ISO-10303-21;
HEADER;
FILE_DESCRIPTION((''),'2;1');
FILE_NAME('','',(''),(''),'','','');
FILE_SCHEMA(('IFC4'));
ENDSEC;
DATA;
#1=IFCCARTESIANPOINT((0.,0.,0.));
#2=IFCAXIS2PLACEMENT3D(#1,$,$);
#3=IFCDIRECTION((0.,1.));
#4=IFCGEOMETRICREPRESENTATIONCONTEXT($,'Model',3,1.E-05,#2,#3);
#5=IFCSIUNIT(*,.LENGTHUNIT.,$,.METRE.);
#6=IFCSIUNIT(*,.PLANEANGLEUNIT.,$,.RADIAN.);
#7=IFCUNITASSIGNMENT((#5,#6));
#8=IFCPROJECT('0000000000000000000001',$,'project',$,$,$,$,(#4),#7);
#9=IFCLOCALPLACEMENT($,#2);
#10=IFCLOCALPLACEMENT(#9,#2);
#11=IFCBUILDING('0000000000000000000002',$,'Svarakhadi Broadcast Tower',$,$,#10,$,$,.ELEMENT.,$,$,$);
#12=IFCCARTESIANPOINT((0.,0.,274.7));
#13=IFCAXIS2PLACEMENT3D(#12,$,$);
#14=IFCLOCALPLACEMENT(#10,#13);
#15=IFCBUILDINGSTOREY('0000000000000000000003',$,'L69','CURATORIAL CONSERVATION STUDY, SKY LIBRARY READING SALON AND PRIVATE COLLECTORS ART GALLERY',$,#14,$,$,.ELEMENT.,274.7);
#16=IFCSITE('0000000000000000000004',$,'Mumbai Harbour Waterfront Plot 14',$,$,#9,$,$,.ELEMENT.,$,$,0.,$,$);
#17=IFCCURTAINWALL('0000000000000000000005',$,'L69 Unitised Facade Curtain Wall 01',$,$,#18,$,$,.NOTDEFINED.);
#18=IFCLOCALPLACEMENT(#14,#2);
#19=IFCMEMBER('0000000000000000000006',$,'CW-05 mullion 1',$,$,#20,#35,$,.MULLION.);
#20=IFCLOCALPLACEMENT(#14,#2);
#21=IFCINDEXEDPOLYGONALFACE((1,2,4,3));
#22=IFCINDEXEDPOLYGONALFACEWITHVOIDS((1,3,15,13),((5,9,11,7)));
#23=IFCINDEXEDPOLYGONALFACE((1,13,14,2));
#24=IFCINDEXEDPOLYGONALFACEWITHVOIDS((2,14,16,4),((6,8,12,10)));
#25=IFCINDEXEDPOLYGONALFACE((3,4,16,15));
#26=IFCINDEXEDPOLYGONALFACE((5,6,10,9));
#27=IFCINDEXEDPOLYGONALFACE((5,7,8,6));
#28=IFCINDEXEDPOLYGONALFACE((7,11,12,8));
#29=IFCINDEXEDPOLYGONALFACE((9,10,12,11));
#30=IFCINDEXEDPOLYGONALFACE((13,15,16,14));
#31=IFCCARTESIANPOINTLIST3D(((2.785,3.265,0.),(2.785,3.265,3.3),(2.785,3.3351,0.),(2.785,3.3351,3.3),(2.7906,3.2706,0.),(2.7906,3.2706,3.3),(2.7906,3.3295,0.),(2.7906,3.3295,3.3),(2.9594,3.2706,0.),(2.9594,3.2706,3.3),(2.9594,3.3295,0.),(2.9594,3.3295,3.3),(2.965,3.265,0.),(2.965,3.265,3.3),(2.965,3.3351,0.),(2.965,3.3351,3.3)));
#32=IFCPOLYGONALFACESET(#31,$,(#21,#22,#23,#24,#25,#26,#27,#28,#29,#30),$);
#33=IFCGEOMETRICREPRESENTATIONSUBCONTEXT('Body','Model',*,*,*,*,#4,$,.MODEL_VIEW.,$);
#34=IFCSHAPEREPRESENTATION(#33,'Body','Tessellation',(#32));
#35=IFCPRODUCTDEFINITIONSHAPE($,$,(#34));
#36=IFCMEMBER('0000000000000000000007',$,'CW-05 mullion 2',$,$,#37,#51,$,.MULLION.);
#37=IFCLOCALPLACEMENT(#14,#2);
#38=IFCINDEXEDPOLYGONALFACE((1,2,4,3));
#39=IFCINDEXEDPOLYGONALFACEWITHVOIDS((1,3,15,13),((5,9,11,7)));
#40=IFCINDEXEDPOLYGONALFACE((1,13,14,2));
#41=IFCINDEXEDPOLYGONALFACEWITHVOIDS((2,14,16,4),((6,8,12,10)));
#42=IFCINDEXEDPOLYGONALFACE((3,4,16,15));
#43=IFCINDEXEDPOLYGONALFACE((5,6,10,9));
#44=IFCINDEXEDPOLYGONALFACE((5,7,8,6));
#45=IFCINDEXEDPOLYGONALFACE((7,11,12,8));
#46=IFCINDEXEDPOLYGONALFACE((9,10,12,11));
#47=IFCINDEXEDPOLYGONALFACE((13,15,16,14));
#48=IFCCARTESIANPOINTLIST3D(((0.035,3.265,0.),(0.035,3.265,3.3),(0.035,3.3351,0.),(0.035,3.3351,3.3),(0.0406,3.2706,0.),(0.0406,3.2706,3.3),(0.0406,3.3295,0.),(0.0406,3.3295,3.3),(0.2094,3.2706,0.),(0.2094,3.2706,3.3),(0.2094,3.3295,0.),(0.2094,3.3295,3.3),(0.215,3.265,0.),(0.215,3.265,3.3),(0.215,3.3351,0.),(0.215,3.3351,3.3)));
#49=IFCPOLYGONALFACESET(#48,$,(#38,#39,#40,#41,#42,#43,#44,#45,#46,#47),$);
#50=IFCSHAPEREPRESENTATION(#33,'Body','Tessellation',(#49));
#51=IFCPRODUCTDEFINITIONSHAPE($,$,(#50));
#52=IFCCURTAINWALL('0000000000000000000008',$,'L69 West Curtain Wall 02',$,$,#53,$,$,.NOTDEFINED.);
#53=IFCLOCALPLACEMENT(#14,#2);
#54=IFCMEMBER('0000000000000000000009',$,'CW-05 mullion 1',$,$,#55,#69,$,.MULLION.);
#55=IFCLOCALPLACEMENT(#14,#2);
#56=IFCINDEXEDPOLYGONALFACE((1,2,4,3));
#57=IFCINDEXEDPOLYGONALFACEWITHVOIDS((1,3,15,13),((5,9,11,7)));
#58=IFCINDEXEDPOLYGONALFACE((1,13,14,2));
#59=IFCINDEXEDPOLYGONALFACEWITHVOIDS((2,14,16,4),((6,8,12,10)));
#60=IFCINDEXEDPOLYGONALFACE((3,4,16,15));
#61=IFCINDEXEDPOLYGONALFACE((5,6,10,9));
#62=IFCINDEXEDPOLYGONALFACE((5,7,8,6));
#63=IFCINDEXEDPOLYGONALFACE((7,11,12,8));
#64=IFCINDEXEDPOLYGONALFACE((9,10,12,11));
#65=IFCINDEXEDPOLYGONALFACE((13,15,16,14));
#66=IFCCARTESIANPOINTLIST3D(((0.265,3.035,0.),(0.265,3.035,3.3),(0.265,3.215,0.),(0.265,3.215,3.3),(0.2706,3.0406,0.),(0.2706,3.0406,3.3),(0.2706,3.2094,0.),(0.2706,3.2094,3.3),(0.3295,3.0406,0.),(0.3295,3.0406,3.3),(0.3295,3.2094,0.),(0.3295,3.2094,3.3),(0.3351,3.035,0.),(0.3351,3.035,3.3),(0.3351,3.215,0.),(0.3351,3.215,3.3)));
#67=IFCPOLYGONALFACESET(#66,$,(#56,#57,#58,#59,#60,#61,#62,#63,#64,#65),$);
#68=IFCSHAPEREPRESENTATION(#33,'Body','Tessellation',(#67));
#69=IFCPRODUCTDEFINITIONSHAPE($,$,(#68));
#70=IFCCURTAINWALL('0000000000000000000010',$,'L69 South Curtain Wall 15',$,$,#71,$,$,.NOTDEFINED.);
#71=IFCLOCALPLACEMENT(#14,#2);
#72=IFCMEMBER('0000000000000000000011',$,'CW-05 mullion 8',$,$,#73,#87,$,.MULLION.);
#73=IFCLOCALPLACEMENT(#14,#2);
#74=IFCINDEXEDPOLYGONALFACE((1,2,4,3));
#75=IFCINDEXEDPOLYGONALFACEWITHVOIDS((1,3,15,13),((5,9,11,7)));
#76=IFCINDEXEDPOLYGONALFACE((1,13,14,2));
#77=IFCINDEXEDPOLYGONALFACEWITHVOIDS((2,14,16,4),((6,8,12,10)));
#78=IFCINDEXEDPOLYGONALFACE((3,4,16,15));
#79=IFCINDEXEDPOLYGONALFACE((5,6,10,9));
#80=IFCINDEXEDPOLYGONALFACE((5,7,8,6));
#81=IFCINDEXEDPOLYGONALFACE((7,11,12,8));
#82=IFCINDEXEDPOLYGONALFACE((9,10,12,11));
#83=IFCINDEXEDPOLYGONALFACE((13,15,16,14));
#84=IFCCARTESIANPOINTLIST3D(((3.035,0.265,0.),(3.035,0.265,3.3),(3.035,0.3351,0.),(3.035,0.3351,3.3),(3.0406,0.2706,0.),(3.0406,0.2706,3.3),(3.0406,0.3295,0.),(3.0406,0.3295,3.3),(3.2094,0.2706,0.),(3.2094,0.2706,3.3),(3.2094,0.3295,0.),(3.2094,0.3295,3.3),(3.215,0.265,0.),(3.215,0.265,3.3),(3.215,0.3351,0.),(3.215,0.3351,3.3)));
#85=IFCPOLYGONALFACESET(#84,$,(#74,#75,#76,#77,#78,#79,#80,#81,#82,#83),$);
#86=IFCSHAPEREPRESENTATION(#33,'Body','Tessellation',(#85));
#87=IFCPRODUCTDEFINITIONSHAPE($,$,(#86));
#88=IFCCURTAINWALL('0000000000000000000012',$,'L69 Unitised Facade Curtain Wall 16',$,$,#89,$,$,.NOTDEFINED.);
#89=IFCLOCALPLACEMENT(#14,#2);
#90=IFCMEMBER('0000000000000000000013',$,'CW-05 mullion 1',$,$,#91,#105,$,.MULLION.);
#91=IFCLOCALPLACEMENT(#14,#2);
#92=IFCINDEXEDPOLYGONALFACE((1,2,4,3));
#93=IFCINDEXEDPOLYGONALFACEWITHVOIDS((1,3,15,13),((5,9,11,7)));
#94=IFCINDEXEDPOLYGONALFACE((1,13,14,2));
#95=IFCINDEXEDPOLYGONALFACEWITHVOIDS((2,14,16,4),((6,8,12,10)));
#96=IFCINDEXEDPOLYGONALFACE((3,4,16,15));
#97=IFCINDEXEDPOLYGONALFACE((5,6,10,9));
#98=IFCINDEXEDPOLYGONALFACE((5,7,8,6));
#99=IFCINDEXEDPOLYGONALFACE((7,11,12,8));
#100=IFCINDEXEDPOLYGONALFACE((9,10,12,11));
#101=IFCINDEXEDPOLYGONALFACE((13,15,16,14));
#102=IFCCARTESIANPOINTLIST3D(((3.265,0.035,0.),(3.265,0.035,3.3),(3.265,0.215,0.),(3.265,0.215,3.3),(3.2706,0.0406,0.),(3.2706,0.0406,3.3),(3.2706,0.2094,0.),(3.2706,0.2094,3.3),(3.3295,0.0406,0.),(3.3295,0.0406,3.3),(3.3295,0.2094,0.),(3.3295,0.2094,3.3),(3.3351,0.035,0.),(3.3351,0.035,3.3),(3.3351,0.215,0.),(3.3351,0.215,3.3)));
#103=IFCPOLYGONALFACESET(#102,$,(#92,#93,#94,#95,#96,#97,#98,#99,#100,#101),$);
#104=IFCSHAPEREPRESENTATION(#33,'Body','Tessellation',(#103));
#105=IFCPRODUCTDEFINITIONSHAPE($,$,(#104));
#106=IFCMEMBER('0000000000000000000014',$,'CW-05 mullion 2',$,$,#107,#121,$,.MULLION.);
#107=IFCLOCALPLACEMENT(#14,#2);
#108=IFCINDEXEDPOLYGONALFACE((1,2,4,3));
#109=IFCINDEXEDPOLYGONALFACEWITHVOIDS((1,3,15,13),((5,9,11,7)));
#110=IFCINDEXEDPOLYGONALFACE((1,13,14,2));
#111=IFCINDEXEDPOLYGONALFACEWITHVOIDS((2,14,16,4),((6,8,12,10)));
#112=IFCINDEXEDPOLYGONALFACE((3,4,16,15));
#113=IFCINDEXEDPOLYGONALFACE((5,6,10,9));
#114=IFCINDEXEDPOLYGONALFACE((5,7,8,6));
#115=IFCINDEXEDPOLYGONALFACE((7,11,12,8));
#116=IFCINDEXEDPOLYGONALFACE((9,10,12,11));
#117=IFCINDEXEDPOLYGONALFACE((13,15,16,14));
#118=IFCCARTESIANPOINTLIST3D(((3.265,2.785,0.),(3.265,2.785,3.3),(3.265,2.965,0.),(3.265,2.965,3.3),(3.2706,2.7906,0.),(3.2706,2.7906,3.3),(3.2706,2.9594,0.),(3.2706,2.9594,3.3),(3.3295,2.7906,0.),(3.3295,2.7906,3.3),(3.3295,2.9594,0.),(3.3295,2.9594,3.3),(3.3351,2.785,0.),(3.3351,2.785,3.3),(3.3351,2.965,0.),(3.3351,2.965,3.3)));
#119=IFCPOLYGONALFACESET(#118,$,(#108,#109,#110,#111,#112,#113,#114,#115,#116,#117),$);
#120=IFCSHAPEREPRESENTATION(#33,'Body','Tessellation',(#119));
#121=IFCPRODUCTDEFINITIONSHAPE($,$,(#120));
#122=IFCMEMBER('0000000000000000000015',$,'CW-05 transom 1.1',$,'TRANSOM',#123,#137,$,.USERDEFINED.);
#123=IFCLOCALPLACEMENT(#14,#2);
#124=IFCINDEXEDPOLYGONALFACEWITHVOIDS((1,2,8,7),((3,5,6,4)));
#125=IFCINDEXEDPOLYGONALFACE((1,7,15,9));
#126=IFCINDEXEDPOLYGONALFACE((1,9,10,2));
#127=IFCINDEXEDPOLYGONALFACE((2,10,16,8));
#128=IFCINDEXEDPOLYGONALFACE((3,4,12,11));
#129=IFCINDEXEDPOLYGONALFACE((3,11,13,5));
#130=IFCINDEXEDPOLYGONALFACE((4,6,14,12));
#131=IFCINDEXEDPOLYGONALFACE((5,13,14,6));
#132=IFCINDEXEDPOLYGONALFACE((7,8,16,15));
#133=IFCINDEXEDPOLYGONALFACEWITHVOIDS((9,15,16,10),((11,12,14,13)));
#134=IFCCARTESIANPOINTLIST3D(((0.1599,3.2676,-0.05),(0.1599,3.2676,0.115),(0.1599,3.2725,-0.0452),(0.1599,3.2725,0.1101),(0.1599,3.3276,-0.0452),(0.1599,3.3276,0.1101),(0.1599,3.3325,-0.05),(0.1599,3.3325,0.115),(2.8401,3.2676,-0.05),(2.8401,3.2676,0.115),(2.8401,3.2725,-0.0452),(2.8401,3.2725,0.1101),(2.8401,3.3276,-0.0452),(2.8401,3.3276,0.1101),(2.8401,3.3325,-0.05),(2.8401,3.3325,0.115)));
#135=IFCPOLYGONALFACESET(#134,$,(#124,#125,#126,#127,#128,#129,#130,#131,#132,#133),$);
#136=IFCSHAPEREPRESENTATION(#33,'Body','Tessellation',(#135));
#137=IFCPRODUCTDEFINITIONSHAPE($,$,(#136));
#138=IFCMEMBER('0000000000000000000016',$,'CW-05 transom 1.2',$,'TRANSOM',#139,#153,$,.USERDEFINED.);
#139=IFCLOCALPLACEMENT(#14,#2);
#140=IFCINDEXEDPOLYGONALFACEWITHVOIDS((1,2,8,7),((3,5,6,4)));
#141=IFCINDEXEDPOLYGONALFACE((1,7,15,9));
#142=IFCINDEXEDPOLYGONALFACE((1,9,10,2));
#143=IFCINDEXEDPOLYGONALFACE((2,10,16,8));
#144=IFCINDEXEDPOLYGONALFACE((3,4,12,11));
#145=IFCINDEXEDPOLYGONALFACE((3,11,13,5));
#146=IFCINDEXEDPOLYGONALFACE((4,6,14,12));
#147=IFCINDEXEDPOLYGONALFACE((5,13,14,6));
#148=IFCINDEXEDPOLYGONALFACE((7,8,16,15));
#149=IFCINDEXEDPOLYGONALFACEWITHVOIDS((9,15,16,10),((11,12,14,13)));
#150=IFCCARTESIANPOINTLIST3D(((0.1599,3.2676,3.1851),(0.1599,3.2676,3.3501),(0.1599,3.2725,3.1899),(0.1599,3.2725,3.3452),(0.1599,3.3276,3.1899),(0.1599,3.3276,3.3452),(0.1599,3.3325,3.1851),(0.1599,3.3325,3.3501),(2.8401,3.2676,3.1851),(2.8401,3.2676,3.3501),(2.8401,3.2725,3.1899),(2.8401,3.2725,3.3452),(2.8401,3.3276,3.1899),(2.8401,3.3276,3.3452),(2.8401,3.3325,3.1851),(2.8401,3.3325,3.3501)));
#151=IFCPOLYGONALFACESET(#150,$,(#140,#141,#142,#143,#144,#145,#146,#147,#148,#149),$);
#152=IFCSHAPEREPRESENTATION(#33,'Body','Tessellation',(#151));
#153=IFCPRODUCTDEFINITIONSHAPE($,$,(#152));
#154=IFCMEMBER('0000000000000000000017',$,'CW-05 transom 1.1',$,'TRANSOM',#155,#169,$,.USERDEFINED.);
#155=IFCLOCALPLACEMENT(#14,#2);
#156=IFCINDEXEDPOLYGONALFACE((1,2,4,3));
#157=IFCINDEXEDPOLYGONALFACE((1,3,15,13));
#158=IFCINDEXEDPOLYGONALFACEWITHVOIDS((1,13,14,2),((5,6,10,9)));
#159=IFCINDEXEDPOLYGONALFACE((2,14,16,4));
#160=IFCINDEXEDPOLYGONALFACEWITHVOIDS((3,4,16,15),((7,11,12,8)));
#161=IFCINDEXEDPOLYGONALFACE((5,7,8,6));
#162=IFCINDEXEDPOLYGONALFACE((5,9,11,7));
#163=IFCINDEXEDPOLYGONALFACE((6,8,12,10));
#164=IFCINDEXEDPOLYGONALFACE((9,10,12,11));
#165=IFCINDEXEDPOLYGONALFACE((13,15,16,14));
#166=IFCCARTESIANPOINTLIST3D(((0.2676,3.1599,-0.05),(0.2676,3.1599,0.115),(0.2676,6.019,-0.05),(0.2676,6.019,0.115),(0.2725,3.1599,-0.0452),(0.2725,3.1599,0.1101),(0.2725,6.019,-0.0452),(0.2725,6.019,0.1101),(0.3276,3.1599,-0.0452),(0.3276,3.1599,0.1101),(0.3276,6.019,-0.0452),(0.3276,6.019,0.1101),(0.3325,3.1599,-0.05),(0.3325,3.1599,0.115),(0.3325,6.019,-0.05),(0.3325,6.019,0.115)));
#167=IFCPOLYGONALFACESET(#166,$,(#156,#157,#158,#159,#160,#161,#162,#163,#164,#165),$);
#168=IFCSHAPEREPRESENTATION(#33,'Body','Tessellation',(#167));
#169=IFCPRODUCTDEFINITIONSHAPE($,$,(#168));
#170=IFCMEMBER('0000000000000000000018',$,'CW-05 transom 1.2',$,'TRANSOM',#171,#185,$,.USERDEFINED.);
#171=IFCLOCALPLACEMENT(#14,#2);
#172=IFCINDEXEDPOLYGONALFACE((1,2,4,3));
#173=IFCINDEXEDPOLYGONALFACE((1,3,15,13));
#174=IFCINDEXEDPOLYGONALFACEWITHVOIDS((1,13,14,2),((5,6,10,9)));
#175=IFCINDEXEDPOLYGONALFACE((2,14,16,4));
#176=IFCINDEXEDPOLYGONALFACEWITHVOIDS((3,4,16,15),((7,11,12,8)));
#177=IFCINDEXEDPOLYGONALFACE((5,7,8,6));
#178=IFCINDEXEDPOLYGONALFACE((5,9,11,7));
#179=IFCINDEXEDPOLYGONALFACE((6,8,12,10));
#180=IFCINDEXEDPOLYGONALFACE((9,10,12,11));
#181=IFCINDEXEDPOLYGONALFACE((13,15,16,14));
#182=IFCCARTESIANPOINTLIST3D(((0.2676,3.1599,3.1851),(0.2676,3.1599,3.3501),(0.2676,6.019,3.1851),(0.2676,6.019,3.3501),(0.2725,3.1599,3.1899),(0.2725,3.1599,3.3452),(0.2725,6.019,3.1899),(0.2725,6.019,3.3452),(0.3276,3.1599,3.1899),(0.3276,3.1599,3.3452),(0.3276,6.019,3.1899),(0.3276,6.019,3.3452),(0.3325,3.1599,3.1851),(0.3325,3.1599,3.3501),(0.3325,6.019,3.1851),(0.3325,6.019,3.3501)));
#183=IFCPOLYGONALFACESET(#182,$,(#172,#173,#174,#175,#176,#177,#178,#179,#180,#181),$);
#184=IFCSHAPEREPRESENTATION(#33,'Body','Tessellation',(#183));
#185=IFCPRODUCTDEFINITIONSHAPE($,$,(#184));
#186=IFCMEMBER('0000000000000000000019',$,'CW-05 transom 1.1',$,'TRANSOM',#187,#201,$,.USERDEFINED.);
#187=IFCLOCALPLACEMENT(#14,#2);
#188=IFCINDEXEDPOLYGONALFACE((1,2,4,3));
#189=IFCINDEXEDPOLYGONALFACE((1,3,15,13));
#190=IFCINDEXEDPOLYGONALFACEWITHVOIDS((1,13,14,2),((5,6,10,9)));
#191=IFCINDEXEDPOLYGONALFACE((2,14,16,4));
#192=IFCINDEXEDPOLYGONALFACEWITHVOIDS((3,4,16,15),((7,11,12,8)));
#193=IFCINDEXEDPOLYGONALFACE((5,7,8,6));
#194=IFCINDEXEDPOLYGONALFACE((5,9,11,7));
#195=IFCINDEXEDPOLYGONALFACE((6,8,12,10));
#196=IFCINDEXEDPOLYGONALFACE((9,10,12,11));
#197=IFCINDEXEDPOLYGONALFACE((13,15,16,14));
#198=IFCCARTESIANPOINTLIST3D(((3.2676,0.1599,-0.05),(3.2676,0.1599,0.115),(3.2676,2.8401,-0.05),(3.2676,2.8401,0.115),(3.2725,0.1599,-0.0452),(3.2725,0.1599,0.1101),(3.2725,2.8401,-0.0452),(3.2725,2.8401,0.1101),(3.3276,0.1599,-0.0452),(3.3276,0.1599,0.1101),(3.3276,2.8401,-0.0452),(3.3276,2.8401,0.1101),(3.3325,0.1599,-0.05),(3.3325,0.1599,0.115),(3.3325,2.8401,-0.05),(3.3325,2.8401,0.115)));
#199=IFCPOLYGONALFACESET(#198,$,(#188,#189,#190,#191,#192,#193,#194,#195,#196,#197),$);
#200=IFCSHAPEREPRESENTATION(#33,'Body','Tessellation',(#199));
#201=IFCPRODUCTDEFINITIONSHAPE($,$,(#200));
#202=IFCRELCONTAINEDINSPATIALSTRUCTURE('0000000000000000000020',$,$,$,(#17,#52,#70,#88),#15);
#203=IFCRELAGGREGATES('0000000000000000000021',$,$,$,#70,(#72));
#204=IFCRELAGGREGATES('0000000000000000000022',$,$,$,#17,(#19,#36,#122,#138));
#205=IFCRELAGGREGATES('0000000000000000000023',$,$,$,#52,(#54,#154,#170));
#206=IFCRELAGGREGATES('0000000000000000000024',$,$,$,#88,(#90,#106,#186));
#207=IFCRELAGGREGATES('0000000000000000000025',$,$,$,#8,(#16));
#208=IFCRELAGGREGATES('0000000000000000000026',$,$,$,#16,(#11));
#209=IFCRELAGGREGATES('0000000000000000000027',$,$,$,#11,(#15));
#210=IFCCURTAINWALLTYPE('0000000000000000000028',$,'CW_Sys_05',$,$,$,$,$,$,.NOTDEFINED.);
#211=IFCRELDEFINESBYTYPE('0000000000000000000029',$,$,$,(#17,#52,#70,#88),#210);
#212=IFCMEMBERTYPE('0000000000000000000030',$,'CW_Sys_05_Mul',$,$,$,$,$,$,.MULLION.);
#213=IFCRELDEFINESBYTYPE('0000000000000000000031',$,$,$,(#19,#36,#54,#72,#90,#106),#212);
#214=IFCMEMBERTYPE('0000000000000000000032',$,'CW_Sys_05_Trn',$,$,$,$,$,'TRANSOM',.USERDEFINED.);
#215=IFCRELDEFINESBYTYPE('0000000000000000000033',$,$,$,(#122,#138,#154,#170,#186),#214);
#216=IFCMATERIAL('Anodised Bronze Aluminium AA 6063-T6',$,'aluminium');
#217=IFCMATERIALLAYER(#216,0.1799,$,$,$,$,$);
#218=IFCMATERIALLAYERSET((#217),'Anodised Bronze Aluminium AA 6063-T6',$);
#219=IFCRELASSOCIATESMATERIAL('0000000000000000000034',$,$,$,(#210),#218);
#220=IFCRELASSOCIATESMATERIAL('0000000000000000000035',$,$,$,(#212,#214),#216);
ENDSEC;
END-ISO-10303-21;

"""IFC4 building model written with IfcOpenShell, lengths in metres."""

from ifc_helpers import new_model, si_unit, direction, frame, origin, origin_2d, place, context, subcontext, project, spatial, hollow_rectangle, extrude, material, layer, layer_set, material_profile, profile_set, type_object, element, aggregate, save


model = new_model("IFC4")

# Units and contexts
model_context = context("Model", 3, precision=1e-05, world=origin(), true_north=direction((0.0, 1.0)))
body_context = subcontext(model_context, "Body", "Model", "MODEL_VIEW")
ifc_project = project(units=[si_unit("LENGTHUNIT", "METRE"), si_unit("PLANEANGLEUNIT", "RADIAN")], contexts=[model_context])

# Site, building, storey
site_placement = place(None, origin())
site = spatial("IfcSite", under=ifc_project, at=site_placement, Name="Mumbai Harbour Waterfront Plot 14", CompositionType="ELEMENT", RefElevation=0.0)
building_placement = place(site_placement, origin())
building = spatial("IfcBuilding", under=site, at=building_placement, Name="Svarakhadi Broadcast Tower", CompositionType="ELEMENT")
storey_placement = place(building_placement, frame((0.0, 0.0, 274.7)))
storey = spatial("IfcBuildingStorey", under=building, at=storey_placement, Name="L69", Description="CURATORIAL CONSERVATION STUDY, SKY LIBRARY READING SALON AND PRIVATE COLLECTORS ART GALLERY", CompositionType="ELEMENT", Elevation=274.7)

# Curtain wall, members
ifc_material_1 = material(Name="Anodised Bronze Aluminium AA 6063-T6", Category="aluminium")
ifc_layer_1 = layer(ifc_material_1, 0.1799)
ifc_layer_set_1 = layer_set([ifc_layer_1], Name="Anodised Bronze Aluminium AA 6063-T6")
curtain_wall_type = type_object("IfcCurtainWallType", Name="CW_Sys_05", PredefinedType="NOTDEFINED", material=ifc_layer_set_1)
curtain_wall_1_placement = place(storey_placement, origin())
curtain_wall_1 = element("IfcCurtainWall", 1, at=curtain_wall_1_placement, inside=storey, type_object=curtain_wall_type, Name="L69 Unitised Facade Curtain Wall 01", PredefinedType="NOTDEFINED")
ifc_material_profile_1 = material_profile(ifc_material_1, hollow_rectangle(XDim=0.0701, YDim=0.1799, WallThickness=0.0056, at=origin_2d()), Name="ALU MULLION 180x70x6")
ifc_profile_set_1 = profile_set([ifc_material_profile_1], Name="Anodised Bronze Aluminium AA 6063-T6")
member_type_1 = type_object("IfcMemberType", Name="CW_Sys_05_Mul", PredefinedType="MULLION", material=ifc_profile_set_1)
member_1_placement = place(storey_placement, frame((2.875, 3.3, 0.0), z_axis=(0.0, 0.0, 1.0), x_axis=(0.0, -1.0, 0.0)))
member_1 = element("IfcMember", 2, at=member_1_placement, type_object=member_type_1, Name="CW-05 mullion 1", PredefinedType="MULLION", context=body_context, shape_type="SweptSolid", body=[
    extrude(hollow_rectangle(XDim=0.0701, YDim=0.1799, WallThickness=0.0056, at=origin_2d()), origin(), (0.0, 0.0, 1.0), 3.3),
])
member_2_placement = place(storey_placement, frame((0.125, 3.3, 0.0), z_axis=(0.0, 0.0, 1.0), x_axis=(0.0, -1.0, 0.0)))
member_2 = element("IfcMember", 3, at=member_2_placement, type_object=member_type_1, Name="CW-05 mullion 2", PredefinedType="MULLION", context=body_context, shape_type="SweptSolid", body=[
    extrude(hollow_rectangle(XDim=0.0701, YDim=0.1799, WallThickness=0.0056, at=origin_2d()), origin(), (0.0, 0.0, 1.0), 3.3),
])

# Curtain walls, members
curtain_wall_2_placement = place(storey_placement, origin())
curtain_wall_2 = element("IfcCurtainWall", 4, at=curtain_wall_2_placement, inside=storey, type_object=curtain_wall_type, Name="L69 West Curtain Wall 02", PredefinedType="NOTDEFINED")
member_3_placement = place(storey_placement, frame((0.3, 3.125, 0.0), z_axis=(0.0, 0.0, 1.0), x_axis=(-1.0, 0.0, 0.0)))
member_3 = element("IfcMember", 5, at=member_3_placement, type_object=member_type_1, Name="CW-05 mullion 1", PredefinedType="MULLION", context=body_context, shape_type="SweptSolid", body=[
    extrude(hollow_rectangle(XDim=0.0701, YDim=0.1799, WallThickness=0.0056, at=origin_2d()), origin(), (0.0, 0.0, 1.0), 3.3),
])
curtain_wall_3_placement = place(storey_placement, origin())
curtain_wall_3 = element("IfcCurtainWall", 6, at=curtain_wall_3_placement, inside=storey, type_object=curtain_wall_type, Name="L69 South Curtain Wall 15", PredefinedType="NOTDEFINED")
member_4_placement = place(storey_placement, frame((3.125, 0.3, 0.0), z_axis=(0.0, 0.0, 1.0), x_axis=(0.0, -1.0, 0.0)))
member_4 = element("IfcMember", 7, at=member_4_placement, type_object=member_type_1, Name="CW-05 mullion 8", PredefinedType="MULLION", context=body_context, shape_type="SweptSolid", body=[
    extrude(hollow_rectangle(XDim=0.0701, YDim=0.1799, WallThickness=0.0056, at=origin_2d()), origin(), (0.0, 0.0, 1.0), 3.3),
])
aggregate(curtain_wall_3, [member_4])

# Curtain wall, members
curtain_wall_4_placement = place(storey_placement, origin())
curtain_wall_4 = element("IfcCurtainWall", 8, at=curtain_wall_4_placement, inside=storey, type_object=curtain_wall_type, Name="L69 Unitised Facade Curtain Wall 16", PredefinedType="NOTDEFINED")
member_5_placement = place(storey_placement, frame((3.3, 0.125, 0.0), z_axis=(0.0, 0.0, 1.0), x_axis=(-1.0, 0.0, 0.0)))
member_5 = element("IfcMember", 9, at=member_5_placement, type_object=member_type_1, Name="CW-05 mullion 1", PredefinedType="MULLION", context=body_context, shape_type="SweptSolid", body=[
    extrude(hollow_rectangle(XDim=0.0701, YDim=0.1799, WallThickness=0.0056, at=origin_2d()), origin(), (0.0, 0.0, 1.0), 3.3),
])
member_6_placement = place(storey_placement, frame((3.3, 2.875, 0.0), z_axis=(0.0, 0.0, 1.0), x_axis=(-1.0, 0.0, 0.0)))
member_6 = element("IfcMember", 10, at=member_6_placement, type_object=member_type_1, Name="CW-05 mullion 2", PredefinedType="MULLION", context=body_context, shape_type="SweptSolid", body=[
    extrude(hollow_rectangle(XDim=0.0701, YDim=0.1799, WallThickness=0.0056, at=origin_2d()), origin(), (0.0, 0.0, 1.0), 3.3),
])

# Members
ifc_material_profile_2 = material_profile(ifc_material_1, hollow_rectangle(XDim=0.0649, YDim=0.165, WallThickness=0.0049, at=origin_2d()), Name="ALU TRANSOM 165x65x5")
ifc_profile_set_2 = profile_set([ifc_material_profile_2], Name="Anodised Bronze Aluminium AA 6063-T6")
member_type_2 = type_object("IfcMemberType", Name="CW_Sys_05_Trn", ElementType="TRANSOM", PredefinedType="USERDEFINED", material=ifc_profile_set_2)
member_7_placement = place(storey_placement, frame((2.8401, 3.3, 0.0325), z_axis=(-1.0, 0.0, 0.0), x_axis=(0.0, -1.0, 0.0)))
member_7 = element("IfcMember", 11, at=member_7_placement, type_object=member_type_2, Name="CW-05 transom 1.1", ObjectType="TRANSOM", PredefinedType="USERDEFINED", context=body_context, shape_type="SweptSolid", body=[
    extrude(hollow_rectangle(XDim=0.0649, YDim=0.165, WallThickness=0.0049, at=origin_2d()), origin(), (0.0, 0.0, 1.0), 2.6802),
])
member_8_placement = place(storey_placement, frame((2.8401, 3.3, 3.2676), z_axis=(-1.0, 0.0, 0.0), x_axis=(0.0, -1.0, 0.0)))
member_8 = element("IfcMember", 12, at=member_8_placement, type_object=member_type_2, Name="CW-05 transom 1.2", ObjectType="TRANSOM", PredefinedType="USERDEFINED", context=body_context, shape_type="SweptSolid", body=[
    extrude(hollow_rectangle(XDim=0.0649, YDim=0.165, WallThickness=0.0049, at=origin_2d()), origin(), (0.0, 0.0, 1.0), 2.6802),
])
member_9_placement = place(storey_placement, frame((0.3, 3.1599, 0.0325), z_axis=(0.0, 1.0, 0.0), x_axis=(-1.0, 0.0, 0.0)))
member_9 = element("IfcMember", 13, at=member_9_placement, type_object=member_type_2, Name="CW-05 transom 1.1", ObjectType="TRANSOM", PredefinedType="USERDEFINED", context=body_context, shape_type="SweptSolid", body=[
    extrude(hollow_rectangle(XDim=0.0649, YDim=0.165, WallThickness=0.0049, at=origin_2d()), origin(), (0.0, 0.0, 1.0), 2.8591),
])
member_10_placement = place(storey_placement, frame((0.3, 3.1599, 3.2676), z_axis=(0.0, 1.0, 0.0), x_axis=(-1.0, 0.0, 0.0)))
member_10 = element("IfcMember", 14, at=member_10_placement, type_object=member_type_2, Name="CW-05 transom 1.2", ObjectType="TRANSOM", PredefinedType="USERDEFINED", context=body_context, shape_type="SweptSolid", body=[
    extrude(hollow_rectangle(XDim=0.0649, YDim=0.165, WallThickness=0.0049, at=origin_2d()), origin(), (0.0, 0.0, 1.0), 2.8591),
])
member_11_placement = place(storey_placement, frame((3.3, 0.1599, 0.0325), z_axis=(0.0, 1.0, 0.0), x_axis=(-1.0, 0.0, 0.0)))
member_11 = element("IfcMember", 15, at=member_11_placement, type_object=member_type_2, Name="CW-05 transom 1.1", ObjectType="TRANSOM", PredefinedType="USERDEFINED", context=body_context, shape_type="SweptSolid", body=[
    extrude(hollow_rectangle(XDim=0.0649, YDim=0.165, WallThickness=0.0049, at=origin_2d()), origin(), (0.0, 0.0, 1.0), 2.6802),
])

aggregate(curtain_wall_1, [member_1, member_2, member_7, member_8])
aggregate(curtain_wall_2, [member_3, member_9, member_10])
aggregate(curtain_wall_4, [member_5, member_6, member_11])

save(model, "model.ifc")
